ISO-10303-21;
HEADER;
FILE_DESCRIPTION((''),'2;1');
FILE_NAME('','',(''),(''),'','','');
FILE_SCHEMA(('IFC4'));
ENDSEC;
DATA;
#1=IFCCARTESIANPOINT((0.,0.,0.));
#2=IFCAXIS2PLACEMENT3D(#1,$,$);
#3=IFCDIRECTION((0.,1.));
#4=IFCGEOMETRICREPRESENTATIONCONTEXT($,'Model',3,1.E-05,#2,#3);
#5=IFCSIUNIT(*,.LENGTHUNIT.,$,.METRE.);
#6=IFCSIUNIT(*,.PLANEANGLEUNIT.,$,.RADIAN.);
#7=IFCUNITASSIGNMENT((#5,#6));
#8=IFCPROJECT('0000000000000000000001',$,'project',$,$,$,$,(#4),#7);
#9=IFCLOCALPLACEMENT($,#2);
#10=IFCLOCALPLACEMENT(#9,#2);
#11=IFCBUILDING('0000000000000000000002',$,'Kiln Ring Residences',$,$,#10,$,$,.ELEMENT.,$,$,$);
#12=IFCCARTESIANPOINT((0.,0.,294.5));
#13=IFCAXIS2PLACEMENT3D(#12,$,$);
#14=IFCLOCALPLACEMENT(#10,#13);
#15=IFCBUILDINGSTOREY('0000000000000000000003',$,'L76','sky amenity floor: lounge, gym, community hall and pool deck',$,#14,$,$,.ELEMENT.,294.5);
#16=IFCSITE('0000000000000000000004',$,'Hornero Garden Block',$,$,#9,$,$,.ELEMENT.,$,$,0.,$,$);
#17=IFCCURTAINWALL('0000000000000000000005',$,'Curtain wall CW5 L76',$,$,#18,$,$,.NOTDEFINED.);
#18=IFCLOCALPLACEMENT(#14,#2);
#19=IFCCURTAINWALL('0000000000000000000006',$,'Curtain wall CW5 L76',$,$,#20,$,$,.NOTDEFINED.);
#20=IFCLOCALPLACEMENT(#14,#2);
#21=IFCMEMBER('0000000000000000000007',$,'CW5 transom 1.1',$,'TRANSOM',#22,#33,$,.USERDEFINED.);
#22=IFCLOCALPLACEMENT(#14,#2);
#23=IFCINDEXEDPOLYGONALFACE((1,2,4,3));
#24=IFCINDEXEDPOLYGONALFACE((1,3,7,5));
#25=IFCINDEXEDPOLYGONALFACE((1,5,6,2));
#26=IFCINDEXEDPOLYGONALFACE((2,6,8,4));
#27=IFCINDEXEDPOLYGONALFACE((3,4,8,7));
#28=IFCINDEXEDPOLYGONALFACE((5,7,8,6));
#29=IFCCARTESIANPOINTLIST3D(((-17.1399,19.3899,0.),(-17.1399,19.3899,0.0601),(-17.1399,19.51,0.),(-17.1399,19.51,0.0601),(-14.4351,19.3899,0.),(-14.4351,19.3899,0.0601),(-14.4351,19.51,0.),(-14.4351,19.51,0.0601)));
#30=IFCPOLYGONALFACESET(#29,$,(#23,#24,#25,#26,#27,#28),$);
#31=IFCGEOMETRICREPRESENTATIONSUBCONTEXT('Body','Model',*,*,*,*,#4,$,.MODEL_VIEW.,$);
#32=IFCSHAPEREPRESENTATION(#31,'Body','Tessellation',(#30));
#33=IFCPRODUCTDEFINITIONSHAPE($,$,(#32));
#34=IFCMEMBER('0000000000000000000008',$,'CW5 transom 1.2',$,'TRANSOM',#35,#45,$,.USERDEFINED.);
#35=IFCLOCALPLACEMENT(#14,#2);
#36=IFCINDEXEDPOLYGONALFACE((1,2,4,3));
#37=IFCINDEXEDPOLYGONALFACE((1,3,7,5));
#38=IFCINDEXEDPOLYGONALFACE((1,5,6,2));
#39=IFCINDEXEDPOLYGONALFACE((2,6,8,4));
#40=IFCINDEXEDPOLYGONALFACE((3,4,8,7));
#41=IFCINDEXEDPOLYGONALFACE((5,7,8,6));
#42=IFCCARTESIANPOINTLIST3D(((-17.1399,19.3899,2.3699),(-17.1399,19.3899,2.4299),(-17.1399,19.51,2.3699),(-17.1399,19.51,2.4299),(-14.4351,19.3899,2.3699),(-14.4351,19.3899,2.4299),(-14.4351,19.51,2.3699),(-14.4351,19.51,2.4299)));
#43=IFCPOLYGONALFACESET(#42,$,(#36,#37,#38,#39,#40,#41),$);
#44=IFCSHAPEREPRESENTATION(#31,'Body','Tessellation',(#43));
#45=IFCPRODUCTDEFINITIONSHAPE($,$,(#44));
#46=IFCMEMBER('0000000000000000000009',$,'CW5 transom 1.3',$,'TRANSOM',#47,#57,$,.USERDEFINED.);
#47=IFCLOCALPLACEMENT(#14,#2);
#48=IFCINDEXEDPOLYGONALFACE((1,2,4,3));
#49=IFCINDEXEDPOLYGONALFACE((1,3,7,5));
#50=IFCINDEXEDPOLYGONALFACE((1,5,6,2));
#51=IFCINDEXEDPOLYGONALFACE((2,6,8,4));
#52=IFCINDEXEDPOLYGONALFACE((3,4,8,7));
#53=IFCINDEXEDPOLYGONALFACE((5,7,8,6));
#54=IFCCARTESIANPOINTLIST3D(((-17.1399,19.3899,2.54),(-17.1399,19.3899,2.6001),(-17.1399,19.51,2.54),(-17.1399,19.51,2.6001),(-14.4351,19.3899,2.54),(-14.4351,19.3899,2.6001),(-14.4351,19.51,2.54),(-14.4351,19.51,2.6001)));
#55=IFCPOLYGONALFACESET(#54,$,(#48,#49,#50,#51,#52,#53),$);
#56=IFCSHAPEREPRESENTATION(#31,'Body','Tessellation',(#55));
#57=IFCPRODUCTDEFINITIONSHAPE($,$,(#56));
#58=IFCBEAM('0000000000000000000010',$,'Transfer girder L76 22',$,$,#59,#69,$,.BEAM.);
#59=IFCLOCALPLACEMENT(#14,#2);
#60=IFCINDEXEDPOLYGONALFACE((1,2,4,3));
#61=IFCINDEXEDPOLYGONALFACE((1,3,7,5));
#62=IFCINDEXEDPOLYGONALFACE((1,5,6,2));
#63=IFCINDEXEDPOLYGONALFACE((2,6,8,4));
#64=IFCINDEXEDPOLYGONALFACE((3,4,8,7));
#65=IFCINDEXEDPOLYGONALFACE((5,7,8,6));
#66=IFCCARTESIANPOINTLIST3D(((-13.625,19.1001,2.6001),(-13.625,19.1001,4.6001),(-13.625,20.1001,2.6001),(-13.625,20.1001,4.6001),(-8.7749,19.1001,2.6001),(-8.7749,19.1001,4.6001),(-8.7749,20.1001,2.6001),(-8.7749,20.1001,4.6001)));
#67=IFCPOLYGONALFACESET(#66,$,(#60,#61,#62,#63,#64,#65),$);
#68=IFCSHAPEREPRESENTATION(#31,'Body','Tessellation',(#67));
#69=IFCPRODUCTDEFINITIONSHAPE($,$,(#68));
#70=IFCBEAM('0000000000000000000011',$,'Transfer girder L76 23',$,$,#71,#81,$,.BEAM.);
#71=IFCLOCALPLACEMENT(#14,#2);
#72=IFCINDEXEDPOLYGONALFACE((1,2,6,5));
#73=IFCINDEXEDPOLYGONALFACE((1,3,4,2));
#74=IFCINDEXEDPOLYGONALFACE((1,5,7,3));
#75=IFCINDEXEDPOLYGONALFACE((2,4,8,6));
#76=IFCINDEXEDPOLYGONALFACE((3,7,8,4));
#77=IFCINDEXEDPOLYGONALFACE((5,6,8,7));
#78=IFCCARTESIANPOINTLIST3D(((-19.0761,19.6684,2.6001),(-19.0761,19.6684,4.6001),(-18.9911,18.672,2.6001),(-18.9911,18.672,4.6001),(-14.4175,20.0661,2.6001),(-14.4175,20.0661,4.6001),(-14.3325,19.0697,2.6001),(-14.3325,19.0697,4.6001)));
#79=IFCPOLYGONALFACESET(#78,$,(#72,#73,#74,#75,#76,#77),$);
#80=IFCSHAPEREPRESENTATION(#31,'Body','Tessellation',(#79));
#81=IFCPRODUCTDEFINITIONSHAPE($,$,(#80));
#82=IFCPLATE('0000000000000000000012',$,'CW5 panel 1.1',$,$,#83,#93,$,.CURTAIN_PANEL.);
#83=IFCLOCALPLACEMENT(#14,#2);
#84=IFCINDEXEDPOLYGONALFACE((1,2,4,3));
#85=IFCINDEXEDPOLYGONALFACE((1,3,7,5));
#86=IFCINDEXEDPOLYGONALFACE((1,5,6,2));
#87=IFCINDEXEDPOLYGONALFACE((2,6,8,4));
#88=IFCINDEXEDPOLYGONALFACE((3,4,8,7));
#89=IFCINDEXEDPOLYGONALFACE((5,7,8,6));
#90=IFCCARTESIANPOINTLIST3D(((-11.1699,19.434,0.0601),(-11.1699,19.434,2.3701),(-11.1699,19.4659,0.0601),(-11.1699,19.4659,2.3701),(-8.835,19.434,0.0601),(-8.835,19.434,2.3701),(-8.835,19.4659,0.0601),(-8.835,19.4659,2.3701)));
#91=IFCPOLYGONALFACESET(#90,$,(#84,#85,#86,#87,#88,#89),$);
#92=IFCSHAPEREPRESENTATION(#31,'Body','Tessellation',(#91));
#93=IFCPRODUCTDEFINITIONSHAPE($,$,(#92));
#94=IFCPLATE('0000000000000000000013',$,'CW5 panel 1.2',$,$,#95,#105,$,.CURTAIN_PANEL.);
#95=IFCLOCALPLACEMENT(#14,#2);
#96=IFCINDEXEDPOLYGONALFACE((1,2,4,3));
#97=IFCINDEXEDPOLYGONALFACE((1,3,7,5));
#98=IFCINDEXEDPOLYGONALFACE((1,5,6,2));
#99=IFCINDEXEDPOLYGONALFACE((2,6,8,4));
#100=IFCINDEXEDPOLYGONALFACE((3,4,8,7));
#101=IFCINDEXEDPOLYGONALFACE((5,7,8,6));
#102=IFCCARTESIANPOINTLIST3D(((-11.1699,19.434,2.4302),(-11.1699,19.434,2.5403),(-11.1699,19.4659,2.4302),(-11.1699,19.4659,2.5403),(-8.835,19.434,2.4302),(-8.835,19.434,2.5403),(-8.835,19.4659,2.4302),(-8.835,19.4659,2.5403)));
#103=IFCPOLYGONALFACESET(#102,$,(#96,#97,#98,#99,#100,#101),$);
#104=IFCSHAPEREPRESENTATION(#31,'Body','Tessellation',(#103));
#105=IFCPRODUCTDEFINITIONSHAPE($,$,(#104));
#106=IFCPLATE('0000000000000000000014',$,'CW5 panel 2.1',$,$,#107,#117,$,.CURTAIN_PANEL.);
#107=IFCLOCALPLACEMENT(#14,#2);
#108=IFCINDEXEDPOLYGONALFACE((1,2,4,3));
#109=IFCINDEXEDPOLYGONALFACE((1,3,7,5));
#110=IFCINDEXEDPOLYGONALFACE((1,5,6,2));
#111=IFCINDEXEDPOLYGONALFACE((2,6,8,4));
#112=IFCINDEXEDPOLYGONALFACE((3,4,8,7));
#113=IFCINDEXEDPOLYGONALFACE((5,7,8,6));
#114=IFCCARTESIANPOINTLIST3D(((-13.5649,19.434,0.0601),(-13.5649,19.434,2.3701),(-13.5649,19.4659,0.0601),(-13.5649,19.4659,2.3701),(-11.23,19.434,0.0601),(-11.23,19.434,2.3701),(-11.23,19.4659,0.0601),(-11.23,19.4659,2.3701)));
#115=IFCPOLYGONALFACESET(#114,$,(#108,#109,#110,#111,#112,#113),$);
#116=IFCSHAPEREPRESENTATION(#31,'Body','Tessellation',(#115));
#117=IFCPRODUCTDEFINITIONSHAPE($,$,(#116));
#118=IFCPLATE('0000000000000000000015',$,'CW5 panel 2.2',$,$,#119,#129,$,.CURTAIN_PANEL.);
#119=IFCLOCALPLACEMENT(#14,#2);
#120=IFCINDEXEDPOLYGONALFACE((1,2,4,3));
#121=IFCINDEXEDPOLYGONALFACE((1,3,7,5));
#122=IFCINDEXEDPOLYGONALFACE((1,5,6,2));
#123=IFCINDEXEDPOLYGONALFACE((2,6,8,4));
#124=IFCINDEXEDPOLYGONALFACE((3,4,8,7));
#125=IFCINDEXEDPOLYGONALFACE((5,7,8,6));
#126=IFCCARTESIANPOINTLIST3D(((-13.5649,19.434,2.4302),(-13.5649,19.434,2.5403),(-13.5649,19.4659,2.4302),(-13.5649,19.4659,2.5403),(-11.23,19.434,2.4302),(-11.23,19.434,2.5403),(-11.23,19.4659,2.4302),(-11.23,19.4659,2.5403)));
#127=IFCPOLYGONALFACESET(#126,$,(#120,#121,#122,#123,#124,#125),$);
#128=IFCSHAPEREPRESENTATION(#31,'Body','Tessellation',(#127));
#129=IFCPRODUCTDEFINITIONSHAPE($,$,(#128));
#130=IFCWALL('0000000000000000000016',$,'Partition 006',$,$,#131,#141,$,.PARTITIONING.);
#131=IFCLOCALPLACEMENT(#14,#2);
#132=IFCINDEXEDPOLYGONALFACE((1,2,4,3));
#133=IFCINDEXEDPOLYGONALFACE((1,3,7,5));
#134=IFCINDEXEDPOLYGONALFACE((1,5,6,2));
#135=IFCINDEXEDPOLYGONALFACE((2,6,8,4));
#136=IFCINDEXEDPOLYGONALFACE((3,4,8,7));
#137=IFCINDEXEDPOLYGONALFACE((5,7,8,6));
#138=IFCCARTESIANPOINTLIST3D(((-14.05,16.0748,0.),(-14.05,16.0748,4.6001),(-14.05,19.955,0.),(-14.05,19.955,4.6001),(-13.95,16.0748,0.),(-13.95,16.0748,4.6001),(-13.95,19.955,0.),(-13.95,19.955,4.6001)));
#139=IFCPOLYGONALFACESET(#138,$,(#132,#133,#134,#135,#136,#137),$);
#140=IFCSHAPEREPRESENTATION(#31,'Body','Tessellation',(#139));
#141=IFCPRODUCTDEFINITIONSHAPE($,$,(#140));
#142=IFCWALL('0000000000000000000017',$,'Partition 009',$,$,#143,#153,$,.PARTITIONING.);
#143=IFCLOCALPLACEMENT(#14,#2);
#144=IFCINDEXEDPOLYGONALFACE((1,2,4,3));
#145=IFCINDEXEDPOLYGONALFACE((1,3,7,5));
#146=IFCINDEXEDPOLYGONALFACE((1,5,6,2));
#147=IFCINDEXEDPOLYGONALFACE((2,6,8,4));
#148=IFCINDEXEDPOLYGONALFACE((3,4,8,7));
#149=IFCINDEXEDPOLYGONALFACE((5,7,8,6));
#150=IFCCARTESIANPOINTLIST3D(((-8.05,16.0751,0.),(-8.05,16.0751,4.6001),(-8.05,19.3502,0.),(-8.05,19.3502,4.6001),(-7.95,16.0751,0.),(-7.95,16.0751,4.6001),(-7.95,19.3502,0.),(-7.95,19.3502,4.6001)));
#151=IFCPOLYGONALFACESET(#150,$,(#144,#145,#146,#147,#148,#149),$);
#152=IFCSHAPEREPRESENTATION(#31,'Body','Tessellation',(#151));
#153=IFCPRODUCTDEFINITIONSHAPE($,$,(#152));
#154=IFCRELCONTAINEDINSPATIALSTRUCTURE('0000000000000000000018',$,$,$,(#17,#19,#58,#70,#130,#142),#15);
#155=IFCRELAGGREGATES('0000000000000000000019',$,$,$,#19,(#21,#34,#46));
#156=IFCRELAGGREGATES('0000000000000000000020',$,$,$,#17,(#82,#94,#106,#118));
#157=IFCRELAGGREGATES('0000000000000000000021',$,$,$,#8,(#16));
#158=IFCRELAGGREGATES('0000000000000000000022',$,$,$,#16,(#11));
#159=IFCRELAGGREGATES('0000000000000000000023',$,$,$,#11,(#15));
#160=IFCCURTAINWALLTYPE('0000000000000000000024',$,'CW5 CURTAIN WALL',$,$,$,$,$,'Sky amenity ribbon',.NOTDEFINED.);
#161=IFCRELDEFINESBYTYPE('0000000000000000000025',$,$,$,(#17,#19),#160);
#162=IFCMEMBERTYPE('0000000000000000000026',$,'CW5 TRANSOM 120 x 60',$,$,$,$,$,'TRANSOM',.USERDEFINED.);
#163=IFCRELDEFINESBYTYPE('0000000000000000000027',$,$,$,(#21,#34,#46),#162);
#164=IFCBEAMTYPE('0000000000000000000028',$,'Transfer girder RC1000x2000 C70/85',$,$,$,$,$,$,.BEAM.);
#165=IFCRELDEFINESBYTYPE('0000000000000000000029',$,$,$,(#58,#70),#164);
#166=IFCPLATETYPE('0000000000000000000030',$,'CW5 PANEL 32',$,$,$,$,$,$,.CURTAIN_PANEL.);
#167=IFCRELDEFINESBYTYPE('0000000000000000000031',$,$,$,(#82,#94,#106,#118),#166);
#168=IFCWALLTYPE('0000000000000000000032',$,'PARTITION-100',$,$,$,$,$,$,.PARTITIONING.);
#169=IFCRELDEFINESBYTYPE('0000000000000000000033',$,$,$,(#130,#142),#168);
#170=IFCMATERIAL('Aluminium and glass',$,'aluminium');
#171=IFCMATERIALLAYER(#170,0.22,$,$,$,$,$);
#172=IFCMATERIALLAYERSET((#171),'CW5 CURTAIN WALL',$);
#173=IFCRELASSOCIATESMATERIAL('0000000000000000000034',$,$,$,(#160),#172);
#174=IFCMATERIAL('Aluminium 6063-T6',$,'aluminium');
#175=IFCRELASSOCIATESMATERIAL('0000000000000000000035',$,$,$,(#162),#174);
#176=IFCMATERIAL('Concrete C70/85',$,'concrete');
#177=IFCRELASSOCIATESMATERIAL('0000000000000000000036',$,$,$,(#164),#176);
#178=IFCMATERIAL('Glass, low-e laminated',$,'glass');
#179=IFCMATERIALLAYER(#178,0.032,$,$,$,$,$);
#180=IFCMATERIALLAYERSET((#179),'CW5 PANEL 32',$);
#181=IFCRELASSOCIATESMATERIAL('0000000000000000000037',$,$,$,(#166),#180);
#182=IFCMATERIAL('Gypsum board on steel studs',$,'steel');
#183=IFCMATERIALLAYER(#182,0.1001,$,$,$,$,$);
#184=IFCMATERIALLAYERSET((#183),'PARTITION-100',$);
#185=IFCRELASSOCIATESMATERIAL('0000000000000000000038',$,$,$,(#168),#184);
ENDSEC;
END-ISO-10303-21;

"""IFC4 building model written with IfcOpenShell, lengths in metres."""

from ifc_helpers import new_model, si_unit, direction, frame, frame_2d, origin, origin_2d, place, context, subcontext, project, spatial, rectangle, extrude, material, layer, layer_set, material_profile, profile_set, type_object, element, aggregate, save


model = new_model("IFC4")

# Units and contexts
model_context = context("Model", 3, precision=1e-05, world=origin(), true_north=direction((0.0, 1.0)))
body_context = subcontext(model_context, "Body", "Model", "MODEL_VIEW")
ifc_project = project(units=[si_unit("LENGTHUNIT", "METRE"), si_unit("PLANEANGLEUNIT", "RADIAN")], contexts=[model_context])

# Site, building, storey
site_placement = place(None, origin())
site = spatial("IfcSite", under=ifc_project, at=site_placement, Name="Hornero Garden Block", CompositionType="ELEMENT", RefElevation=0.0)
building_placement = place(site_placement, origin())
building = spatial("IfcBuilding", under=site, at=building_placement, Name="Kiln Ring Residences", CompositionType="ELEMENT")
storey_placement = place(building_placement, frame((0.0, 0.0, 294.5)))
storey = spatial("IfcBuildingStorey", under=building, at=storey_placement, Name="L76", Description="sky amenity floor: lounge, gym, community hall and pool deck", CompositionType="ELEMENT", Elevation=294.5)

# Shared definitions
ifc_material_1 = material(Name="Aluminium and glass", Category="aluminium")
ifc_layer_1 = layer(ifc_material_1, 0.22)
ifc_layer_set_1 = layer_set([ifc_layer_1], Name="CW5 CURTAIN WALL")
curtain_wall_type = type_object("IfcCurtainWallType", Name="CW5 CURTAIN WALL", ElementType="Sky amenity ribbon", PredefinedType="NOTDEFINED", material=ifc_layer_set_1)
placement = place(storey_placement, origin())

# Curtain wall
curtain_wall_1 = element("IfcCurtainWall", 1, at=placement, inside=storey, type_object=curtain_wall_type, Name="Curtain wall CW5 L76", PredefinedType="NOTDEFINED")

# Curtain wall
curtain_wall_2 = element("IfcCurtainWall", 2, at=placement, inside=storey, type_object=curtain_wall_type, Name="Curtain wall CW5 L76", PredefinedType="NOTDEFINED")

# Members
ifc_material_2 = material(Name="Aluminium 6063-T6", Category="aluminium")
ifc_material_profile_1 = material_profile(ifc_material_2, rectangle(XDim=0.1201, YDim=0.0601, at=origin_2d()), Name="AL 120x60")
ifc_profile_set_1 = profile_set([ifc_material_profile_1], Name="Aluminium 6063-T6")
member_type_1 = type_object("IfcMemberType", Name="CW5 TRANSOM 120 x 60", ElementType="TRANSOM", PredefinedType="USERDEFINED", material=ifc_profile_set_1)
member_1_placement = place(storey_placement, frame((-14.4351, 19.45, 0.03), z_axis=(-1.0, 0.0, 0.0), x_axis=(0.0, -1.0, 0.0)))
member_1 = element("IfcMember", 3, at=member_1_placement, type_object=member_type_1, Name="CW5 transom 1.1", ObjectType="TRANSOM", PredefinedType="USERDEFINED", context=body_context, shape_type="SweptSolid", body=[
    extrude(rectangle(XDim=0.1201, YDim=0.0601, at=origin_2d()), origin(), (0.0, 0.0, 1.0), 2.7048),
])
member_2_placement = place(storey_placement, frame((-14.4351, 19.45, 2.3999), z_axis=(-1.0, 0.0, 0.0), x_axis=(0.0, -1.0, 0.0)))
member_2 = element("IfcMember", 4, at=member_2_placement, type_object=member_type_1, Name="CW5 transom 1.2", ObjectType="TRANSOM", PredefinedType="USERDEFINED", context=body_context, shape_type="SweptSolid", body=[
    extrude(rectangle(XDim=0.1201, YDim=0.0601, at=origin_2d()), origin(), (0.0, 0.0, 1.0), 2.7048),
])
member_3_placement = place(storey_placement, frame((-14.4351, 19.45, 2.5701), z_axis=(-1.0, 0.0, 0.0), x_axis=(0.0, -1.0, 0.0)))
member_3 = element("IfcMember", 5, at=member_3_placement, type_object=member_type_1, Name="CW5 transom 1.3", ObjectType="TRANSOM", PredefinedType="USERDEFINED", context=body_context, shape_type="SweptSolid", body=[
    extrude(rectangle(XDim=0.1201, YDim=0.0601, at=origin_2d()), origin(), (0.0, 0.0, 1.0), 2.7048),
])
aggregate(curtain_wall_2, [member_1, member_2, member_3])

# Beams
ifc_material_3 = material(Name="Concrete C70/85", Category="concrete")
ifc_material_profile_2 = material_profile(ifc_material_3, rectangle(XDim=1.0, YDim=2.0, at=origin_2d()), Name="RC1000x2000")
ifc_profile_set_2 = profile_set([ifc_material_profile_2], Name="Concrete C70/85")
beam_type = type_object("IfcBeamType", Name="Transfer girder RC1000x2000 C70/85", PredefinedType="BEAM", material=ifc_profile_set_2)
beam_1_placement = place(storey_placement, frame((-8.7749, 19.6001, 3.6001), z_axis=(-1.0, 0.0, 0.0), x_axis=(0.0, -1.0, 0.0)))
element("IfcBeam", 6, at=beam_1_placement, inside=storey, type_object=beam_type, Name="Transfer girder L76 22", PredefinedType="BEAM", context=body_context, shape_type="SweptSolid", body=[
    extrude(rectangle(XDim=1.0, YDim=2.0, at=origin_2d()), origin(), (0.0, 0.0, 1.0), 4.8501),
])
beam_2_placement = place(storey_placement, frame((-14.375, 19.5679, 3.6001), z_axis=(-0.996376, -0.085059, 0.0), x_axis=(0.085059, -0.996376, 0.0)))
element("IfcBeam", 7, at=beam_2_placement, inside=storey, type_object=beam_type, Name="Transfer girder L76 23", PredefinedType="BEAM", context=body_context, shape_type="SweptSolid", body=[
    extrude(rectangle(XDim=1.0, YDim=2.0, at=origin_2d()), origin(), (0.0, 0.0, 1.0), 4.6755),
])

# Plates
ifc_material_4 = material(Name="Glass, low-e laminated", Category="glass")
ifc_layer_2 = layer(ifc_material_4, 0.032)
ifc_layer_set_2 = layer_set([ifc_layer_2], Name="CW5 PANEL 32")
plate_type = type_object("IfcPlateType", Name="CW5 PANEL 32", PredefinedType="CURTAIN_PANEL", material=ifc_layer_set_2)
plate_1_placement = place(storey_placement, frame((-10.0024, 19.45, 0.0601), z_axis=(0.0, 0.0, 1.0), x_axis=(-1.0, 0.0, 0.0)))
plate_1 = element("IfcPlate", 8, at=plate_1_placement, type_object=plate_type, Name="CW5 panel 1.1", PredefinedType="CURTAIN_PANEL", context=body_context, shape_type="SweptSolid", body=[
    extrude(rectangle(XDim=2.335, YDim=0.032, at=origin_2d()), origin(), (0.0, 0.0, 1.0), 2.3101),
])
plate_2_placement = place(storey_placement, frame((-10.0024, 19.45, 2.4302), z_axis=(0.0, 0.0, 1.0), x_axis=(-1.0, 0.0, 0.0)))
plate_2 = element("IfcPlate", 9, at=plate_2_placement, type_object=plate_type, Name="CW5 panel 1.2", PredefinedType="CURTAIN_PANEL", context=body_context, shape_type="SweptSolid", body=[
    extrude(rectangle(XDim=2.335, YDim=0.032, at=origin_2d()), origin(), (0.0, 0.0, 1.0), 0.1101),
])
plate_3_placement = place(storey_placement, frame((-12.3975, 19.45, 0.0601), z_axis=(0.0, 0.0, 1.0), x_axis=(-1.0, 0.0, 0.0)))
plate_3 = element("IfcPlate", 10, at=plate_3_placement, type_object=plate_type, Name="CW5 panel 2.1", PredefinedType="CURTAIN_PANEL", context=body_context, shape_type="SweptSolid", body=[
    extrude(rectangle(XDim=2.335, YDim=0.032, at=origin_2d()), origin(), (0.0, 0.0, 1.0), 2.3101),
])
plate_4_placement = place(storey_placement, frame((-12.3975, 19.45, 2.4302), z_axis=(0.0, 0.0, 1.0), x_axis=(-1.0, 0.0, 0.0)))
plate_4 = element("IfcPlate", 11, at=plate_4_placement, type_object=plate_type, Name="CW5 panel 2.2", PredefinedType="CURTAIN_PANEL", context=body_context, shape_type="SweptSolid", body=[
    extrude(rectangle(XDim=2.335, YDim=0.032, at=origin_2d()), origin(), (0.0, 0.0, 1.0), 0.1101),
])
aggregate(curtain_wall_1, [plate_1, plate_2, plate_3, plate_4])

# Walls
ifc_material_5 = material(Name="Gypsum board on steel studs", Category="steel")
ifc_layer_3 = layer(ifc_material_5, 0.1001)
ifc_layer_set_3 = layer_set([ifc_layer_3], Name="PARTITION-100")
wall_type = type_object("IfcWallType", Name="PARTITION-100", PredefinedType="PARTITIONING", material=ifc_layer_set_3)
wall_1_placement = place(storey_placement, frame((-14.0, 16.075, 0.0), z_axis=(0.0, 0.0, 1.0), x_axis=(0.0, 1.0, 0.0)))
element("IfcWall", 12, at=wall_1_placement, inside=storey, type_object=wall_type, Name="Partition 006", PredefinedType="PARTITIONING", context=body_context, shape_type="SweptSolid", body=[
    extrude(rectangle(XDim=3.8801, YDim=0.1001, at=frame_2d((1.9399, 0.0))), origin(), (0.0, 0.0, 1.0), 4.6001),
])
wall_2_placement = place(storey_placement, frame((-8.0, 16.075, 0.0), z_axis=(0.0, 0.0, 1.0), x_axis=(0.0, 1.0, 0.0)))
element("IfcWall", 13, at=wall_2_placement, inside=storey, type_object=wall_type, Name="Partition 009", PredefinedType="PARTITIONING", context=body_context, shape_type="SweptSolid", body=[
    extrude(rectangle(XDim=3.2751, YDim=0.1001, at=frame_2d((1.6377, 0.0))), origin(), (0.0, 0.0, 1.0), 4.6001),
])

save(model, "model.ifc")
